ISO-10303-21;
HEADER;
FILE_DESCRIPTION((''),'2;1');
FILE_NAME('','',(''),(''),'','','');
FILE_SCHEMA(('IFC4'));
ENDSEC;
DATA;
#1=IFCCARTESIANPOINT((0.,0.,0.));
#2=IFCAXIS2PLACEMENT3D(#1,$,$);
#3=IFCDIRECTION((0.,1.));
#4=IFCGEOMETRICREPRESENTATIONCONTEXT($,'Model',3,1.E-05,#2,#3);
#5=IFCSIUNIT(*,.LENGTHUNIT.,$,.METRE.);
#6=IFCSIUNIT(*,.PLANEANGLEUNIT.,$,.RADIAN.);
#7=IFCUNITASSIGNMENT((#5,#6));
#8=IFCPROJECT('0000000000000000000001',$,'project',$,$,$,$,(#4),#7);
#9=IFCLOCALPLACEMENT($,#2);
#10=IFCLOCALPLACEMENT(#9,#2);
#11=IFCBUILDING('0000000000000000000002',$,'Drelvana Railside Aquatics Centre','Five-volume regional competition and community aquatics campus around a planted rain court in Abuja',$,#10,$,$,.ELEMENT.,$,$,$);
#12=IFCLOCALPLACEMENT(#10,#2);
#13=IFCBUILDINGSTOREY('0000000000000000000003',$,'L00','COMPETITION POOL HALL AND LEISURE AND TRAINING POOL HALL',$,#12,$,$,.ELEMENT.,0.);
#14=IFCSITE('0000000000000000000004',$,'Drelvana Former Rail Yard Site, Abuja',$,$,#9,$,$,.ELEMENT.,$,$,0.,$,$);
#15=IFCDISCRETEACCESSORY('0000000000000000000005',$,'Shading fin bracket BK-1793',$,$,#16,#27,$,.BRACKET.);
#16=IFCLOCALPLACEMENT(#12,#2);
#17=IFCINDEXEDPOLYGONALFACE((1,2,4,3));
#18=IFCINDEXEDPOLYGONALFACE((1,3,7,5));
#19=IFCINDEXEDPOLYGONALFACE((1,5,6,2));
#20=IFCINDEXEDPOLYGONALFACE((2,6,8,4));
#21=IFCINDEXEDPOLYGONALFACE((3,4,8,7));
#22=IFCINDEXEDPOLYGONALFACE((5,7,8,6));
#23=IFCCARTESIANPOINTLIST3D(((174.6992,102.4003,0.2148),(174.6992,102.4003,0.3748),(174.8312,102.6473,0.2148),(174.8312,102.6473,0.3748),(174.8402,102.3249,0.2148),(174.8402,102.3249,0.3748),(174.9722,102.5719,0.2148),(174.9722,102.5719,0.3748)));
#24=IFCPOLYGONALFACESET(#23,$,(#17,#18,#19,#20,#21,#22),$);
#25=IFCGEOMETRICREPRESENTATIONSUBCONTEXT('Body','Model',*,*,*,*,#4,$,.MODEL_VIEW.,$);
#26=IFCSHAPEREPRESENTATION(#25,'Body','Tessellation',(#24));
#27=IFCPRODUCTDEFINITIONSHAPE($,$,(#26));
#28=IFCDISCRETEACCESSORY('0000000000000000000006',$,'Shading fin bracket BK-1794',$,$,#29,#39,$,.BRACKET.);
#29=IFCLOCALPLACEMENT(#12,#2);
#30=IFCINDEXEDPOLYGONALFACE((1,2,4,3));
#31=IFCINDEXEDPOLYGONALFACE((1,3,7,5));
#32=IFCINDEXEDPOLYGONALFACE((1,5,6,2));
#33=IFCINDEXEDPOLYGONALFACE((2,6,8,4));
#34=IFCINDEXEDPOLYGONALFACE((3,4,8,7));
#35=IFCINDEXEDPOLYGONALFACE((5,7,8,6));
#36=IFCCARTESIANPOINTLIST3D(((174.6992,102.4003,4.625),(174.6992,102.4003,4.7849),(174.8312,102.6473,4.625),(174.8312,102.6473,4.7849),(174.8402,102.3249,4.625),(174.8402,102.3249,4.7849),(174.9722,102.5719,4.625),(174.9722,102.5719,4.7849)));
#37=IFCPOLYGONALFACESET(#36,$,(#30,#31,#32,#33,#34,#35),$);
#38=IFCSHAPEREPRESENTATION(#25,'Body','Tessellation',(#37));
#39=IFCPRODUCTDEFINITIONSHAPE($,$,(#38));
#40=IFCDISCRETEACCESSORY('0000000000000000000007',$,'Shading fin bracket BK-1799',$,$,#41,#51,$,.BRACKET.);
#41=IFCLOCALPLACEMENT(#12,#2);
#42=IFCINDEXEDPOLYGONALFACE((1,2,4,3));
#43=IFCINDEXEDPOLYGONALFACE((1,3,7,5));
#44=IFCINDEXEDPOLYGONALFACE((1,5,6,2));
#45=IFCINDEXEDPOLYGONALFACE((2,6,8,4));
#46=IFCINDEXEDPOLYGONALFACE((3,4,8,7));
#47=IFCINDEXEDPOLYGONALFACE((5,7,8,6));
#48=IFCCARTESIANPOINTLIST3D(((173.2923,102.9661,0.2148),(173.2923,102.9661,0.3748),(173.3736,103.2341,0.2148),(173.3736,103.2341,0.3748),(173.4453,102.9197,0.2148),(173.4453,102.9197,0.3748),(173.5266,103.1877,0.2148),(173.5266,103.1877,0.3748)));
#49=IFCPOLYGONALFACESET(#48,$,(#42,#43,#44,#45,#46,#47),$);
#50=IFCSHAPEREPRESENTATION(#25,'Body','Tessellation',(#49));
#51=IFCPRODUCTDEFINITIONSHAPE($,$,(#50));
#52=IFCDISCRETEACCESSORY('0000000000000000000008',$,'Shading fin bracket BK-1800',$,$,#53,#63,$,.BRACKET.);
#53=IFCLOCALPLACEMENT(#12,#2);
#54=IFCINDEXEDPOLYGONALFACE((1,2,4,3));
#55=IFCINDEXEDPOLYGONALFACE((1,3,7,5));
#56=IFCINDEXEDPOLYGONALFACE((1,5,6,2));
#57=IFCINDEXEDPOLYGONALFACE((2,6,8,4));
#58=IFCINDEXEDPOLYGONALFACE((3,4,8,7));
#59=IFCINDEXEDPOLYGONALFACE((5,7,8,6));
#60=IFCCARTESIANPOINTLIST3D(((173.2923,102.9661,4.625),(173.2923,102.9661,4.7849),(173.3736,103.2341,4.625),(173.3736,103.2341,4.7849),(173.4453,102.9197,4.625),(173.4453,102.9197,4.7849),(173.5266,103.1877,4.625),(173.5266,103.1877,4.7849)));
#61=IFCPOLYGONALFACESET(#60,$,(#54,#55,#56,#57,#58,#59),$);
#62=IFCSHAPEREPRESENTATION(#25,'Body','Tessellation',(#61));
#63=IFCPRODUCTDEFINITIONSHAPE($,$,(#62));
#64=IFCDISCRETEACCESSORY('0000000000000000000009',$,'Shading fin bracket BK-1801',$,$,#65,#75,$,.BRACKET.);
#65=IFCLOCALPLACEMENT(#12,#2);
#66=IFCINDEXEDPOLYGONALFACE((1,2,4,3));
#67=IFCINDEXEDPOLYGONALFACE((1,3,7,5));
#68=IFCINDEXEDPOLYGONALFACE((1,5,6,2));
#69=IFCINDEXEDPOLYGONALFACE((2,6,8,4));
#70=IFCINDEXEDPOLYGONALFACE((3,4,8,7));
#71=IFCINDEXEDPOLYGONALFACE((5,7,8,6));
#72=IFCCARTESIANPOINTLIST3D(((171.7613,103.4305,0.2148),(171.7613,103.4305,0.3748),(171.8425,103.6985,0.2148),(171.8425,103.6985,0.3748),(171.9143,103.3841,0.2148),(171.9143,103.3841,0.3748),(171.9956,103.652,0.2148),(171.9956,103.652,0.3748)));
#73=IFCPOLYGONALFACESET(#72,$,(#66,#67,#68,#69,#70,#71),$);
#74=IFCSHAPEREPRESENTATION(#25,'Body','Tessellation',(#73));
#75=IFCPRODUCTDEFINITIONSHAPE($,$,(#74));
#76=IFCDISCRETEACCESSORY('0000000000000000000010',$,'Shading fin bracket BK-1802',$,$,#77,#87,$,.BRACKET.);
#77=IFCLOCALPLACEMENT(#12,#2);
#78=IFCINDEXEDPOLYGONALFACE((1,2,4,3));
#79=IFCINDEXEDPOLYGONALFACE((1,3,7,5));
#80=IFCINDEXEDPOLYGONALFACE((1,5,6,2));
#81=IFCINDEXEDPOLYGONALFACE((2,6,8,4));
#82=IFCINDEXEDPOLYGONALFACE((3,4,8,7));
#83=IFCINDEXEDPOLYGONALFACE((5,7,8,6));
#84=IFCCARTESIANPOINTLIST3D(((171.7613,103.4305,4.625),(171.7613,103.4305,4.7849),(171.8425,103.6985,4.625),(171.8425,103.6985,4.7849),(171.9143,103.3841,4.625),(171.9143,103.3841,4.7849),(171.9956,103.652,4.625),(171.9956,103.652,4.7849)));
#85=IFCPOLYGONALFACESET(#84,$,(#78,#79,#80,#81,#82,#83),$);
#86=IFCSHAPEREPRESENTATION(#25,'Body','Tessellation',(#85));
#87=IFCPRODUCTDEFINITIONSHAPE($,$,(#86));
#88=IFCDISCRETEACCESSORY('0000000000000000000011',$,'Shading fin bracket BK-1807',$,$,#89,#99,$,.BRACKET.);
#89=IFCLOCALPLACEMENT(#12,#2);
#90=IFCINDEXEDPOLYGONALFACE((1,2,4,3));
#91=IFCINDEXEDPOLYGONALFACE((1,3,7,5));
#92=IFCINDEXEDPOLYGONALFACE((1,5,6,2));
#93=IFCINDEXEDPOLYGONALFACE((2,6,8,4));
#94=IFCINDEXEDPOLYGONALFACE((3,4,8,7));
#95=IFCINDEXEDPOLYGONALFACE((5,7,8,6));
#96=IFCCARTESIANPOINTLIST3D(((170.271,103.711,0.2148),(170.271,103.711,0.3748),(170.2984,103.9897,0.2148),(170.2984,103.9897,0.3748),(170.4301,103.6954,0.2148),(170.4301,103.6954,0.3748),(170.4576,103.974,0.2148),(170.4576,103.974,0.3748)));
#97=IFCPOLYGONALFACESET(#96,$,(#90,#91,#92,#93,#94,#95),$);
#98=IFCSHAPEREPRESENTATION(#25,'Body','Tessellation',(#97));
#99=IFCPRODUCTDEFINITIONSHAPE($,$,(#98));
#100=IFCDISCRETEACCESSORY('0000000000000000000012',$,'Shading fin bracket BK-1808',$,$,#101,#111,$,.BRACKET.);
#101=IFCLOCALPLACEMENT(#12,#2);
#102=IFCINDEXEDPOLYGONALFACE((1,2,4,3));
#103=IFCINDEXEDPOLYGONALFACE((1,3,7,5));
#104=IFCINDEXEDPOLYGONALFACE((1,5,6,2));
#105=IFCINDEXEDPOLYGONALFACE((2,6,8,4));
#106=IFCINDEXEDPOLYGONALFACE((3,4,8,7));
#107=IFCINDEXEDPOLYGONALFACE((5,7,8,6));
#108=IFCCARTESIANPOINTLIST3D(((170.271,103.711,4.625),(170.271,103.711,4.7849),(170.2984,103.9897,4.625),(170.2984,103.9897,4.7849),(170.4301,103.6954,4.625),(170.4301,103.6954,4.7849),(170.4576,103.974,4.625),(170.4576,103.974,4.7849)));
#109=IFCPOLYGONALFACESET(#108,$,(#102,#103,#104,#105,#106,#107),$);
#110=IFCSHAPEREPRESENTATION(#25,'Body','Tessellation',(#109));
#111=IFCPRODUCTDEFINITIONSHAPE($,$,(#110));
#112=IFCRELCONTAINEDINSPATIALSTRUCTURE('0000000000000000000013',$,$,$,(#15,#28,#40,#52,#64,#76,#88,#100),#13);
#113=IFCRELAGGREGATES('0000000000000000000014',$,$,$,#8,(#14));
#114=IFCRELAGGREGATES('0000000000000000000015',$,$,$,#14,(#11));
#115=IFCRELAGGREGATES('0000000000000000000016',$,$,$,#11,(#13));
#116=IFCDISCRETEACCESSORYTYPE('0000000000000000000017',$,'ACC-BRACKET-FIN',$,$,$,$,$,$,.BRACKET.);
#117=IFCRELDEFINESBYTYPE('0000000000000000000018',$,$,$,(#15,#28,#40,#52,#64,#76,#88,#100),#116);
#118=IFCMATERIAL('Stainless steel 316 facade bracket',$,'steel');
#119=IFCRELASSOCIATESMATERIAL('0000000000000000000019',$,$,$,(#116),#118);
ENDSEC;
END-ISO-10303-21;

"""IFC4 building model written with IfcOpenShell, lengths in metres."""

from ifc_helpers import new_model, si_unit, direction, frame, origin, origin_2d, place, context, subcontext, project, spatial, rectangle, extrude, material, type_object, element, save


model = new_model("IFC4")

# Units and contexts
model_context = context("Model", 3, precision=1e-05, world=origin(), true_north=direction((0.0, 1.0)))
body_context = subcontext(model_context, "Body", "Model", "MODEL_VIEW")
ifc_project = project(units=[si_unit("LENGTHUNIT", "METRE"), si_unit("PLANEANGLEUNIT", "RADIAN")], contexts=[model_context])

# Site, building, storey
site_placement = place(None, origin())
site = spatial("IfcSite", under=ifc_project, at=site_placement, Name="Drelvana Former Rail Yard Site, Abuja", CompositionType="ELEMENT", RefElevation=0.0)
building_placement = place(site_placement, origin())
building = spatial("IfcBuilding", under=site, at=building_placement, Name="Drelvana Railside Aquatics Centre", Description="Five-volume regional competition and community aquatics campus around a planted rain court in Abuja", CompositionType="ELEMENT")
storey_placement = place(building_placement, origin())
storey = spatial("IfcBuildingStorey", under=building, at=storey_placement, Name="L00", Description="COMPETITION POOL HALL AND LEISURE AND TRAINING POOL HALL", CompositionType="ELEMENT", Elevation=0.0)

# Discrete accessories
ifc_material_1 = material(Name="Stainless steel 316 facade bracket", Category="steel")
discrete_accessory_type = type_object("IfcDiscreteAccessoryType", Name="ACC-BRACKET-FIN", PredefinedType="BRACKET", material=ifc_material_1)
for number, where, z_axis, x_axis, name in (
    (1, (174.8357, 102.4861, 0.2148), (0.0, 0.0, 1.0), (0.471397, 0.881921, 0.0), "Shading fin bracket BK-1793"),
    (2, (174.8357, 102.4861, 4.625), (0.0, 0.0, 1.0), (0.471397, 0.881921, 0.0), "Shading fin bracket BK-1794"),
    (3, (173.4094, 103.0769, 0.2148), (0.0, 0.0, 1.0), (0.290285, 0.95694, 0.0), "Shading fin bracket BK-1799"),
    (4, (173.4094, 103.0769, 4.625), (0.0, 0.0, 1.0), (0.290285, 0.95694, 0.0), "Shading fin bracket BK-1800"),
    (5, (171.8784, 103.5413, 0.2148), (0.0, 0.0, 1.0), (0.290285, 0.95694, 0.0), "Shading fin bracket BK-1801"),
    (6, (171.8784, 103.5413, 4.625), (0.0, 0.0, 1.0), (0.290285, 0.95694, 0.0), "Shading fin bracket BK-1802"),
    (7, (170.3643, 103.8425, 0.2148), (0.0, 0.0, 1.0), (0.098017, 0.995185, 0.0), "Shading fin bracket BK-1807"),
    (8, (170.3643, 103.8425, 4.625), (0.0, 0.0, 1.0), (0.098017, 0.995185, 0.0), "Shading fin bracket BK-1808"),
):
    element("IfcDiscreteAccessory", number, at=place(storey_placement, frame(where, z_axis=z_axis, x_axis=x_axis)), inside=storey, type_object=discrete_accessory_type, Name=name, PredefinedType="BRACKET", context=body_context, shape_type="SweptSolid", body=[
        extrude(rectangle(XDim=0.28, YDim=0.1599, at=origin_2d()), origin(), (0.0, 0.0, 1.0), 0.1599),
    ])

save(model, "model.ifc")
